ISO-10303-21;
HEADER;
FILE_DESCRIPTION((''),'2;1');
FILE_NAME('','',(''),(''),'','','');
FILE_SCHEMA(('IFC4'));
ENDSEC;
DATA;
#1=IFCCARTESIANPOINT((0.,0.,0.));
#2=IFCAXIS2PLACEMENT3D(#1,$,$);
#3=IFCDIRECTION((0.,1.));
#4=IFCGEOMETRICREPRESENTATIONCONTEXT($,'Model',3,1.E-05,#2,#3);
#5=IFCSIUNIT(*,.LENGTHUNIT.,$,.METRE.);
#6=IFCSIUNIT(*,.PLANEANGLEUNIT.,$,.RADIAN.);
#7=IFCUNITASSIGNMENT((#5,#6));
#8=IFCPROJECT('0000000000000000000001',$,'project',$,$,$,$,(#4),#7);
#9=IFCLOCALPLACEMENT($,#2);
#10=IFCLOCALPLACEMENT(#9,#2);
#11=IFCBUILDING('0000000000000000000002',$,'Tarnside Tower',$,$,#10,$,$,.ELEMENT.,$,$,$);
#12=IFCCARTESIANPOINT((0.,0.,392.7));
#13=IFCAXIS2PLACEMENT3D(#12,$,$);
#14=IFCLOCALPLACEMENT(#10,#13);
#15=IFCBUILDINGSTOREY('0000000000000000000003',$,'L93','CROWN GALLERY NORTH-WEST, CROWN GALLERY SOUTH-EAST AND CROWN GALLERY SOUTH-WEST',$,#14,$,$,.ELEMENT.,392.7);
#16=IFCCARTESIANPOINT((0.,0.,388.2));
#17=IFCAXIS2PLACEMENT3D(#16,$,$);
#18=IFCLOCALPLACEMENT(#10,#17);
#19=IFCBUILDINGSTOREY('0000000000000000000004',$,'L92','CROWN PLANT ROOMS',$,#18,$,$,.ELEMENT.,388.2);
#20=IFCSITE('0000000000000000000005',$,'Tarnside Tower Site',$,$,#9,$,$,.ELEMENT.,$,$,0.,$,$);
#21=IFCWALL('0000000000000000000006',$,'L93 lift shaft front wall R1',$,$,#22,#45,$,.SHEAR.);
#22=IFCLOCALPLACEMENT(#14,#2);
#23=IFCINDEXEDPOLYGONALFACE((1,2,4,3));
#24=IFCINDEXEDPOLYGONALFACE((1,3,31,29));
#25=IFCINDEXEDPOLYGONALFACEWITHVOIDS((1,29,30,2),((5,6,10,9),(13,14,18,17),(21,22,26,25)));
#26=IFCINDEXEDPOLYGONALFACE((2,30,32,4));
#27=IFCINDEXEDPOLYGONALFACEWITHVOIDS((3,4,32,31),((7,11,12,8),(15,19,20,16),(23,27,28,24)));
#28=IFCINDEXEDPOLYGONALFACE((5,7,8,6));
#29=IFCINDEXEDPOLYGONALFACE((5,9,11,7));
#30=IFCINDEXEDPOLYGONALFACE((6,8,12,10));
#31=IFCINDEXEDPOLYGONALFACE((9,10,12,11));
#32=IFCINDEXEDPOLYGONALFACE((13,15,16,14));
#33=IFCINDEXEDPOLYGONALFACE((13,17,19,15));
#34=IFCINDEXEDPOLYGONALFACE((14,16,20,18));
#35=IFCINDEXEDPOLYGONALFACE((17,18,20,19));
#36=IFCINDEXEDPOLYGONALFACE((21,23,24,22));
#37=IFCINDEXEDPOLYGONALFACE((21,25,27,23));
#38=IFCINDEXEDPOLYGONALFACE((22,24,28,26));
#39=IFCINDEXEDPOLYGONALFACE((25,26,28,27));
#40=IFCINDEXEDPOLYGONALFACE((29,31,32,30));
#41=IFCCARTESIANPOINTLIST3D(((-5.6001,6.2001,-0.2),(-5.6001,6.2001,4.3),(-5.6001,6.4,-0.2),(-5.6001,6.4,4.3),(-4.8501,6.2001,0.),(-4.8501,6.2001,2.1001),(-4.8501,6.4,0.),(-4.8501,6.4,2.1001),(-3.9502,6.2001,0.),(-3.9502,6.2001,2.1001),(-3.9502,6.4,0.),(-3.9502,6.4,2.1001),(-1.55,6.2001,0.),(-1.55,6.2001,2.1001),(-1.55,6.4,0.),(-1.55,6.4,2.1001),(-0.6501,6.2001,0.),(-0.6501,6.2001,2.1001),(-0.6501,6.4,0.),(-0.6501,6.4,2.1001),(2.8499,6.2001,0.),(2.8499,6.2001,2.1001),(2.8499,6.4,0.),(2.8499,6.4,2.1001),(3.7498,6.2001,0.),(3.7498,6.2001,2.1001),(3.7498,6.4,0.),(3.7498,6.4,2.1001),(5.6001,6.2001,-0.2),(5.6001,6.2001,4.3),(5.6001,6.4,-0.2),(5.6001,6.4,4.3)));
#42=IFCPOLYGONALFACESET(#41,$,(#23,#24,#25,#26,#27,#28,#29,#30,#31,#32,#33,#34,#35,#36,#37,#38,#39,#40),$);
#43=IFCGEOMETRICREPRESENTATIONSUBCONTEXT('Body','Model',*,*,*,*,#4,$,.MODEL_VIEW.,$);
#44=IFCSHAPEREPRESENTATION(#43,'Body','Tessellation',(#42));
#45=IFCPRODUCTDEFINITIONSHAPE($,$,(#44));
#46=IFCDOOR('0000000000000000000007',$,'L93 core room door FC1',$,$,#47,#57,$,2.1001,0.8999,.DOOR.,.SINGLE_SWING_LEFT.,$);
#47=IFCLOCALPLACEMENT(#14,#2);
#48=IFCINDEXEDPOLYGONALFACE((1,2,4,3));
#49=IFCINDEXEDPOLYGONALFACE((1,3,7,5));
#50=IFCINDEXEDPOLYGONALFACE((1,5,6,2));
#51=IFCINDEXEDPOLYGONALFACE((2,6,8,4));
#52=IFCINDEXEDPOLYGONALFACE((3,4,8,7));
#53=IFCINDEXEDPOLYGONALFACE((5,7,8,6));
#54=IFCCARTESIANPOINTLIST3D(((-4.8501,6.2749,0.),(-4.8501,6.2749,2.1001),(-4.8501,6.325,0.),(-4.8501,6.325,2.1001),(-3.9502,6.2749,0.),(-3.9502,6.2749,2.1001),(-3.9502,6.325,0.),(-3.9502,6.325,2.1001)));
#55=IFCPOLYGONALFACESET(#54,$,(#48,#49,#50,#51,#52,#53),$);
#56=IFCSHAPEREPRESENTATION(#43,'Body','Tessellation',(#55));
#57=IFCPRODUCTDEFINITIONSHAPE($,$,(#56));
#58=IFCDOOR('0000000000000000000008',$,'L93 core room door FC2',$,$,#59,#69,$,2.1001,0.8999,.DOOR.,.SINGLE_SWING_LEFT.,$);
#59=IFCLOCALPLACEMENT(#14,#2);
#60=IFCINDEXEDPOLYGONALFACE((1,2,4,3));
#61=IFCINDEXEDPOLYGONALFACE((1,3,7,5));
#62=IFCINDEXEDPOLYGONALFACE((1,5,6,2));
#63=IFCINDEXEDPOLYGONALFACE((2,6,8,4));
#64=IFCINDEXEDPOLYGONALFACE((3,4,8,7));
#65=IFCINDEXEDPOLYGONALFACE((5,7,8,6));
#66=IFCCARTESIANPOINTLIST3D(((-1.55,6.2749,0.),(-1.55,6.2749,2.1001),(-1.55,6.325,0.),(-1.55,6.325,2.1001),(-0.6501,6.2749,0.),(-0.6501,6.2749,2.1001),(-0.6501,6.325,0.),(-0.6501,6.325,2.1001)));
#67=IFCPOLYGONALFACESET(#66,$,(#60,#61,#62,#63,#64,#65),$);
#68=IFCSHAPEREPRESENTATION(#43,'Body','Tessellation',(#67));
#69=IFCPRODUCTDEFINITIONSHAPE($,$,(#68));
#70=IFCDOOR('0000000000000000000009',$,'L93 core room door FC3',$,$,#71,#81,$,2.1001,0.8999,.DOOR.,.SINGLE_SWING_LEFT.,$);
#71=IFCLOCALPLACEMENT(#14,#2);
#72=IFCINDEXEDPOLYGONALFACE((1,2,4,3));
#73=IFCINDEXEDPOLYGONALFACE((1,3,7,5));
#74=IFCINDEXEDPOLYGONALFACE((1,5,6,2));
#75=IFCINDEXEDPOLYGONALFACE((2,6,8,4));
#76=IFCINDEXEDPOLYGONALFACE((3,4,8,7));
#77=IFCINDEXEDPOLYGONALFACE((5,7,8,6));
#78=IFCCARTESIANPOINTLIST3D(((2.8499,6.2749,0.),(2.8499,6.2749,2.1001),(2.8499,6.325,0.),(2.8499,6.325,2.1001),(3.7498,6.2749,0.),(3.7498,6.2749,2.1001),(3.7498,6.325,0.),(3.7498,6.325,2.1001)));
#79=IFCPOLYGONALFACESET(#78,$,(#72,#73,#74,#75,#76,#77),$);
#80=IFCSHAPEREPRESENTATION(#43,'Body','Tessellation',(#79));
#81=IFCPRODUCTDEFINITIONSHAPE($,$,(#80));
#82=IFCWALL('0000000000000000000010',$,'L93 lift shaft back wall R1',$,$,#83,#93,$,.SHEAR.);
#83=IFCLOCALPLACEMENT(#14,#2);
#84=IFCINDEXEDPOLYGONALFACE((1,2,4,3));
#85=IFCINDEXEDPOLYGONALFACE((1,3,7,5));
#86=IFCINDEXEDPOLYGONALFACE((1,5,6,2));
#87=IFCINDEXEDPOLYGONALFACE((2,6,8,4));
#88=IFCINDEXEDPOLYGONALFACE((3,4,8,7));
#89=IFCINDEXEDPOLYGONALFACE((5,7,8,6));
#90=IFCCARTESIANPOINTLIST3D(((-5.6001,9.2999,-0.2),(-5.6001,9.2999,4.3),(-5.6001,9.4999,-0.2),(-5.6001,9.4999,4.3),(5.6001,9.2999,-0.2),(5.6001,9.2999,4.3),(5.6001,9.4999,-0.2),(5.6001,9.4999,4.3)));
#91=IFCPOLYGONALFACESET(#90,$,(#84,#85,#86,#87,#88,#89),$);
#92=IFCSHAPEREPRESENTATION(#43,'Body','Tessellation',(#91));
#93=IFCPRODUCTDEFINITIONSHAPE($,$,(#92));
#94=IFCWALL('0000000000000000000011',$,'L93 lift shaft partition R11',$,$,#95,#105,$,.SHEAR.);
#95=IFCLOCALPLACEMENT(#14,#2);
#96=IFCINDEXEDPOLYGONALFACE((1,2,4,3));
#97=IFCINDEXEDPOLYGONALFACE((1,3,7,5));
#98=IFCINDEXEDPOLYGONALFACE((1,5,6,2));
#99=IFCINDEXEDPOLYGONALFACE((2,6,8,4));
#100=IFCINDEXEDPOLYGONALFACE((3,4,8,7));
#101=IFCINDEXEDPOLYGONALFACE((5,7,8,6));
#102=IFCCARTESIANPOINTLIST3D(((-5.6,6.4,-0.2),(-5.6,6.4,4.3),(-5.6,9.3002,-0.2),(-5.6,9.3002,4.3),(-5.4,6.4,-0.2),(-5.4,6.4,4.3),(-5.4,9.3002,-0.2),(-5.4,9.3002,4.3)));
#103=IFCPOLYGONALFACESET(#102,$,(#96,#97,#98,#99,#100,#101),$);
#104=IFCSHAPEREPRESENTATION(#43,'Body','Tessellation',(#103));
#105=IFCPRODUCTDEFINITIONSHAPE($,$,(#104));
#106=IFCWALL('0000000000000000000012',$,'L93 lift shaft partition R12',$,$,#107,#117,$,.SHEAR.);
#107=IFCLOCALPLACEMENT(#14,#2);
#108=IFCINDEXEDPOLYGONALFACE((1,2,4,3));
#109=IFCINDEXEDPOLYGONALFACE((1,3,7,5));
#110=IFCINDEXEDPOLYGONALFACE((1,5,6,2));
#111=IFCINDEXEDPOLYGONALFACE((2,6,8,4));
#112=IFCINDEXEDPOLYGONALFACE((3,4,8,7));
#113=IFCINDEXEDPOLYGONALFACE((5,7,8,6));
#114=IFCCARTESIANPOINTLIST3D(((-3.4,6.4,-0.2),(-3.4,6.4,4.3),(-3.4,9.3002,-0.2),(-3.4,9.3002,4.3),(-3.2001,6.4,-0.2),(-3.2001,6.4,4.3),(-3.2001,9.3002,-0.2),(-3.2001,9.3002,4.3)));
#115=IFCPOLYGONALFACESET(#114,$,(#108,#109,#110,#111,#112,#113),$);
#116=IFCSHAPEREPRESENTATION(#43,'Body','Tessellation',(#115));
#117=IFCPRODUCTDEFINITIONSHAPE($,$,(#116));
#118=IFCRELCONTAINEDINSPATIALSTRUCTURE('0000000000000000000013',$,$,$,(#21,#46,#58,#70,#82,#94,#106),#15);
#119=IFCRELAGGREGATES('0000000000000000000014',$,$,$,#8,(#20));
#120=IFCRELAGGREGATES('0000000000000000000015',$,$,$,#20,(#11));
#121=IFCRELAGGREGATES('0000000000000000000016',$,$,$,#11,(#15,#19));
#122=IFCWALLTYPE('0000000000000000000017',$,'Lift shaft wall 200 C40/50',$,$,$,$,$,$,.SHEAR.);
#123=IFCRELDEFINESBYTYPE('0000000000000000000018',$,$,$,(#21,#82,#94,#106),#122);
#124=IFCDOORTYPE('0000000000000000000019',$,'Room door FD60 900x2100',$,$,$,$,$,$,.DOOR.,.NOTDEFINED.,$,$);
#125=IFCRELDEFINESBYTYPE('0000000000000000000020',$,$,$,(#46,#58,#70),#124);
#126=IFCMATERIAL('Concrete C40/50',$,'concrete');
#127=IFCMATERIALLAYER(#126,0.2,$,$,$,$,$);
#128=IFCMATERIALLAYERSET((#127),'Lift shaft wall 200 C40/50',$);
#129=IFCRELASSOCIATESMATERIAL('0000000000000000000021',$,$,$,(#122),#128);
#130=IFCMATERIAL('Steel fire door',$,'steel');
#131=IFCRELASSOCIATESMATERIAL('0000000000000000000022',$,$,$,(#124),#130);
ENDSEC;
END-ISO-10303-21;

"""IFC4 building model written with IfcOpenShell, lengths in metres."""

from ifc_helpers import new_model, si_unit, direction, frame, frame_2d, origin, place, context, subcontext, project, spatial, rectangle, extrude, material, layer, layer_set, type_object, element, fill, save


model = new_model("IFC4")

# Units and contexts
model_context = context("Model", 3, precision=1e-05, world=origin(), true_north=direction((0.0, 1.0)))
body_context = subcontext(model_context, "Body", "Model", "MODEL_VIEW")
ifc_project = project(units=[si_unit("LENGTHUNIT", "METRE"), si_unit("PLANEANGLEUNIT", "RADIAN")], contexts=[model_context])

# Site, building, storey
site_placement = place(None, origin())
site = spatial("IfcSite", under=ifc_project, at=site_placement, Name="Tarnside Tower Site", CompositionType="ELEMENT", RefElevation=0.0)
building_placement = place(site_placement, origin())
building = spatial("IfcBuilding", under=site, at=building_placement, Name="Tarnside Tower", CompositionType="ELEMENT")
storey_1_placement = place(building_placement, frame((0.0, 0.0, 392.7)))
storey_1 = spatial("IfcBuildingStorey", under=building, at=storey_1_placement, Name="L93", Description="CROWN GALLERY NORTH-WEST, CROWN GALLERY SOUTH-EAST AND CROWN GALLERY SOUTH-WEST", CompositionType="ELEMENT", Elevation=392.7)

# Shared definitions
ifc_material_1 = material(Name="Concrete C40/50", Category="concrete")

# Shared definitions
storey_2_placement = place(building_placement, frame((0.0, 0.0, 388.2)))
storey_2 = spatial("IfcBuildingStorey", under=building, at=storey_2_placement, Name="L92", Description="CROWN PLANT ROOMS", CompositionType="ELEMENT", Elevation=388.2)

# Shared definitions
ifc_material_2 = material(Name="Steel fire door", Category="steel")

# Wall, openings, doors
ifc_layer_1 = layer(ifc_material_1, 0.2)
ifc_layer_set_1 = layer_set([ifc_layer_1], Name="Lift shaft wall 200 C40/50")
wall_type_1 = type_object("IfcWallType", Name="Lift shaft wall 200 C40/50", PredefinedType="SHEAR", material=ifc_layer_set_1)
wall_1_placement = place(storey_1_placement, frame((-5.6001, 6.3, -0.2), z_axis=(0.0, 0.0, 1.0), x_axis=(1.0, 0.0, 0.0)))
wall_1 = element("IfcWall", 1, at=wall_1_placement, inside=storey_1, type_object=wall_type_1, Name="L93 lift shaft front wall R1", PredefinedType="SHEAR", context=body_context, shape_type="SweptSolid", body=[
    extrude(rectangle(XDim=11.2002, YDim=0.2, at=frame_2d((5.6001, 0.0))), origin(), (0.0, 0.0, 1.0), 4.5),
])
opening_1_placement = place(wall_1_placement, frame((0.75, 0.0, 0.2)))
opening_1 = element("IfcOpeningElement", 2, at=opening_1_placement, cuts=wall_1, PredefinedType="OPENING", context=body_context, shape_type="SweptSolid", body=[
    extrude(rectangle(XDim=0.8999, YDim=2.1001, at=frame_2d((0.45, 1.05))), frame((0.0, 0.1099, 0.0), z_axis=(0.0, -1.0, 0.0), x_axis=(1.0, 0.0, 0.0)), (0.0, 0.0, 1.0), 0.22),
])
opening_2_placement = place(wall_1_placement, frame((4.05, 0.0, 0.2)))
opening_2 = element("IfcOpeningElement", 3, at=opening_2_placement, cuts=wall_1, PredefinedType="OPENING", context=body_context, shape_type="SweptSolid", body=[
    extrude(rectangle(XDim=0.8999, YDim=2.1001, at=frame_2d((0.45, 1.05))), frame((0.0, 0.1099, 0.0), z_axis=(0.0, -1.0, 0.0), x_axis=(1.0, 0.0, 0.0)), (0.0, 0.0, 1.0), 0.22),
])
opening_3_placement = place(wall_1_placement, frame((8.45, 0.0, 0.2)))
opening_3 = element("IfcOpeningElement", 4, at=opening_3_placement, cuts=wall_1, PredefinedType="OPENING", context=body_context, shape_type="SweptSolid", body=[
    extrude(rectangle(XDim=0.8999, YDim=2.1001, at=frame_2d((0.45, 1.05))), frame((0.0, 0.1099, 0.0), z_axis=(0.0, -1.0, 0.0), x_axis=(1.0, 0.0, 0.0)), (0.0, 0.0, 1.0), 0.22),
])
door_type_1 = type_object("IfcDoorType", Name="Room door FD60 900x2100", OperationType="NOTDEFINED", PredefinedType="DOOR", material=ifc_material_2)
door_1_placement = place(opening_1_placement, origin())
door_1 = element("IfcDoor", 5, at=door_1_placement, inside=storey_1, type_object=door_type_1, Name="L93 core room door FC1", OperationType="SINGLE_SWING_LEFT", OverallHeight=2.1001, OverallWidth=0.8999, PredefinedType="DOOR", context=body_context, shape_type="SweptSolid", body=[
    extrude(rectangle(XDim=0.8999, YDim=2.1001, at=frame_2d((0.45, 1.05))), frame((0.0, 0.0249, 0.0), z_axis=(0.0, -1.0, 0.0), x_axis=(1.0, 0.0, 0.0)), (0.0, 0.0, 1.0), 0.05),
])
fill(opening_1, door_1)
door_2_placement = place(opening_2_placement, origin())
door_2 = element("IfcDoor", 6, at=door_2_placement, inside=storey_1, type_object=door_type_1, Name="L93 core room door FC2", OperationType="SINGLE_SWING_LEFT", OverallHeight=2.1001, OverallWidth=0.8999, PredefinedType="DOOR", context=body_context, shape_type="SweptSolid", body=[
    extrude(rectangle(XDim=0.8999, YDim=2.1001, at=frame_2d((0.45, 1.05))), frame((0.0, 0.0249, 0.0), z_axis=(0.0, -1.0, 0.0), x_axis=(1.0, 0.0, 0.0)), (0.0, 0.0, 1.0), 0.05),
])
fill(opening_2, door_2)
door_3_placement = place(opening_3_placement, origin())
door_3 = element("IfcDoor", 7, at=door_3_placement, inside=storey_1, type_object=door_type_1, Name="L93 core room door FC3", OperationType="SINGLE_SWING_LEFT", OverallHeight=2.1001, OverallWidth=0.8999, PredefinedType="DOOR", context=body_context, shape_type="SweptSolid", body=[
    extrude(rectangle(XDim=0.8999, YDim=2.1001, at=frame_2d((0.45, 1.05))), frame((0.0, 0.0249, 0.0), z_axis=(0.0, -1.0, 0.0), x_axis=(1.0, 0.0, 0.0)), (0.0, 0.0, 1.0), 0.05),
])
fill(opening_3, door_3)

# Walls
wall_2_placement = place(storey_1_placement, frame((-5.6001, 9.3999, -0.2), z_axis=(0.0, 0.0, 1.0), x_axis=(1.0, 0.0, 0.0)))
element("IfcWall", 8, at=wall_2_placement, inside=storey_1, type_object=wall_type_1, Name="L93 lift shaft back wall R1", PredefinedType="SHEAR", context=body_context, shape_type="SweptSolid", body=[
    extrude(rectangle(XDim=11.2002, YDim=0.2, at=frame_2d((5.6001, 0.0))), origin(), (0.0, 0.0, 1.0), 4.5),
])
for number, where, z_axis, x_axis, name in (
    (9, (-5.5, 6.3999, -0.2), (0.0, 0.0, 1.0), (0.0, 1.0, 0.0), "L93 lift shaft partition R11"),
    (10, (-3.3, 6.3999, -0.2), (0.0, 0.0, 1.0), (0.0, 1.0, 0.0), "L93 lift shaft partition R12"),
):
    element("IfcWall", number, at=place(storey_1_placement, frame(where, z_axis=z_axis, x_axis=x_axis)), inside=storey_1, type_object=wall_type_1, Name=name, PredefinedType="SHEAR", context=body_context, shape_type="SweptSolid", body=[
        extrude(rectangle(XDim=2.9001, YDim=0.2, at=frame_2d((1.4502, 0.0))), origin(), (0.0, 0.0, 1.0), 4.5),
    ])

save(model, "model.ifc")
